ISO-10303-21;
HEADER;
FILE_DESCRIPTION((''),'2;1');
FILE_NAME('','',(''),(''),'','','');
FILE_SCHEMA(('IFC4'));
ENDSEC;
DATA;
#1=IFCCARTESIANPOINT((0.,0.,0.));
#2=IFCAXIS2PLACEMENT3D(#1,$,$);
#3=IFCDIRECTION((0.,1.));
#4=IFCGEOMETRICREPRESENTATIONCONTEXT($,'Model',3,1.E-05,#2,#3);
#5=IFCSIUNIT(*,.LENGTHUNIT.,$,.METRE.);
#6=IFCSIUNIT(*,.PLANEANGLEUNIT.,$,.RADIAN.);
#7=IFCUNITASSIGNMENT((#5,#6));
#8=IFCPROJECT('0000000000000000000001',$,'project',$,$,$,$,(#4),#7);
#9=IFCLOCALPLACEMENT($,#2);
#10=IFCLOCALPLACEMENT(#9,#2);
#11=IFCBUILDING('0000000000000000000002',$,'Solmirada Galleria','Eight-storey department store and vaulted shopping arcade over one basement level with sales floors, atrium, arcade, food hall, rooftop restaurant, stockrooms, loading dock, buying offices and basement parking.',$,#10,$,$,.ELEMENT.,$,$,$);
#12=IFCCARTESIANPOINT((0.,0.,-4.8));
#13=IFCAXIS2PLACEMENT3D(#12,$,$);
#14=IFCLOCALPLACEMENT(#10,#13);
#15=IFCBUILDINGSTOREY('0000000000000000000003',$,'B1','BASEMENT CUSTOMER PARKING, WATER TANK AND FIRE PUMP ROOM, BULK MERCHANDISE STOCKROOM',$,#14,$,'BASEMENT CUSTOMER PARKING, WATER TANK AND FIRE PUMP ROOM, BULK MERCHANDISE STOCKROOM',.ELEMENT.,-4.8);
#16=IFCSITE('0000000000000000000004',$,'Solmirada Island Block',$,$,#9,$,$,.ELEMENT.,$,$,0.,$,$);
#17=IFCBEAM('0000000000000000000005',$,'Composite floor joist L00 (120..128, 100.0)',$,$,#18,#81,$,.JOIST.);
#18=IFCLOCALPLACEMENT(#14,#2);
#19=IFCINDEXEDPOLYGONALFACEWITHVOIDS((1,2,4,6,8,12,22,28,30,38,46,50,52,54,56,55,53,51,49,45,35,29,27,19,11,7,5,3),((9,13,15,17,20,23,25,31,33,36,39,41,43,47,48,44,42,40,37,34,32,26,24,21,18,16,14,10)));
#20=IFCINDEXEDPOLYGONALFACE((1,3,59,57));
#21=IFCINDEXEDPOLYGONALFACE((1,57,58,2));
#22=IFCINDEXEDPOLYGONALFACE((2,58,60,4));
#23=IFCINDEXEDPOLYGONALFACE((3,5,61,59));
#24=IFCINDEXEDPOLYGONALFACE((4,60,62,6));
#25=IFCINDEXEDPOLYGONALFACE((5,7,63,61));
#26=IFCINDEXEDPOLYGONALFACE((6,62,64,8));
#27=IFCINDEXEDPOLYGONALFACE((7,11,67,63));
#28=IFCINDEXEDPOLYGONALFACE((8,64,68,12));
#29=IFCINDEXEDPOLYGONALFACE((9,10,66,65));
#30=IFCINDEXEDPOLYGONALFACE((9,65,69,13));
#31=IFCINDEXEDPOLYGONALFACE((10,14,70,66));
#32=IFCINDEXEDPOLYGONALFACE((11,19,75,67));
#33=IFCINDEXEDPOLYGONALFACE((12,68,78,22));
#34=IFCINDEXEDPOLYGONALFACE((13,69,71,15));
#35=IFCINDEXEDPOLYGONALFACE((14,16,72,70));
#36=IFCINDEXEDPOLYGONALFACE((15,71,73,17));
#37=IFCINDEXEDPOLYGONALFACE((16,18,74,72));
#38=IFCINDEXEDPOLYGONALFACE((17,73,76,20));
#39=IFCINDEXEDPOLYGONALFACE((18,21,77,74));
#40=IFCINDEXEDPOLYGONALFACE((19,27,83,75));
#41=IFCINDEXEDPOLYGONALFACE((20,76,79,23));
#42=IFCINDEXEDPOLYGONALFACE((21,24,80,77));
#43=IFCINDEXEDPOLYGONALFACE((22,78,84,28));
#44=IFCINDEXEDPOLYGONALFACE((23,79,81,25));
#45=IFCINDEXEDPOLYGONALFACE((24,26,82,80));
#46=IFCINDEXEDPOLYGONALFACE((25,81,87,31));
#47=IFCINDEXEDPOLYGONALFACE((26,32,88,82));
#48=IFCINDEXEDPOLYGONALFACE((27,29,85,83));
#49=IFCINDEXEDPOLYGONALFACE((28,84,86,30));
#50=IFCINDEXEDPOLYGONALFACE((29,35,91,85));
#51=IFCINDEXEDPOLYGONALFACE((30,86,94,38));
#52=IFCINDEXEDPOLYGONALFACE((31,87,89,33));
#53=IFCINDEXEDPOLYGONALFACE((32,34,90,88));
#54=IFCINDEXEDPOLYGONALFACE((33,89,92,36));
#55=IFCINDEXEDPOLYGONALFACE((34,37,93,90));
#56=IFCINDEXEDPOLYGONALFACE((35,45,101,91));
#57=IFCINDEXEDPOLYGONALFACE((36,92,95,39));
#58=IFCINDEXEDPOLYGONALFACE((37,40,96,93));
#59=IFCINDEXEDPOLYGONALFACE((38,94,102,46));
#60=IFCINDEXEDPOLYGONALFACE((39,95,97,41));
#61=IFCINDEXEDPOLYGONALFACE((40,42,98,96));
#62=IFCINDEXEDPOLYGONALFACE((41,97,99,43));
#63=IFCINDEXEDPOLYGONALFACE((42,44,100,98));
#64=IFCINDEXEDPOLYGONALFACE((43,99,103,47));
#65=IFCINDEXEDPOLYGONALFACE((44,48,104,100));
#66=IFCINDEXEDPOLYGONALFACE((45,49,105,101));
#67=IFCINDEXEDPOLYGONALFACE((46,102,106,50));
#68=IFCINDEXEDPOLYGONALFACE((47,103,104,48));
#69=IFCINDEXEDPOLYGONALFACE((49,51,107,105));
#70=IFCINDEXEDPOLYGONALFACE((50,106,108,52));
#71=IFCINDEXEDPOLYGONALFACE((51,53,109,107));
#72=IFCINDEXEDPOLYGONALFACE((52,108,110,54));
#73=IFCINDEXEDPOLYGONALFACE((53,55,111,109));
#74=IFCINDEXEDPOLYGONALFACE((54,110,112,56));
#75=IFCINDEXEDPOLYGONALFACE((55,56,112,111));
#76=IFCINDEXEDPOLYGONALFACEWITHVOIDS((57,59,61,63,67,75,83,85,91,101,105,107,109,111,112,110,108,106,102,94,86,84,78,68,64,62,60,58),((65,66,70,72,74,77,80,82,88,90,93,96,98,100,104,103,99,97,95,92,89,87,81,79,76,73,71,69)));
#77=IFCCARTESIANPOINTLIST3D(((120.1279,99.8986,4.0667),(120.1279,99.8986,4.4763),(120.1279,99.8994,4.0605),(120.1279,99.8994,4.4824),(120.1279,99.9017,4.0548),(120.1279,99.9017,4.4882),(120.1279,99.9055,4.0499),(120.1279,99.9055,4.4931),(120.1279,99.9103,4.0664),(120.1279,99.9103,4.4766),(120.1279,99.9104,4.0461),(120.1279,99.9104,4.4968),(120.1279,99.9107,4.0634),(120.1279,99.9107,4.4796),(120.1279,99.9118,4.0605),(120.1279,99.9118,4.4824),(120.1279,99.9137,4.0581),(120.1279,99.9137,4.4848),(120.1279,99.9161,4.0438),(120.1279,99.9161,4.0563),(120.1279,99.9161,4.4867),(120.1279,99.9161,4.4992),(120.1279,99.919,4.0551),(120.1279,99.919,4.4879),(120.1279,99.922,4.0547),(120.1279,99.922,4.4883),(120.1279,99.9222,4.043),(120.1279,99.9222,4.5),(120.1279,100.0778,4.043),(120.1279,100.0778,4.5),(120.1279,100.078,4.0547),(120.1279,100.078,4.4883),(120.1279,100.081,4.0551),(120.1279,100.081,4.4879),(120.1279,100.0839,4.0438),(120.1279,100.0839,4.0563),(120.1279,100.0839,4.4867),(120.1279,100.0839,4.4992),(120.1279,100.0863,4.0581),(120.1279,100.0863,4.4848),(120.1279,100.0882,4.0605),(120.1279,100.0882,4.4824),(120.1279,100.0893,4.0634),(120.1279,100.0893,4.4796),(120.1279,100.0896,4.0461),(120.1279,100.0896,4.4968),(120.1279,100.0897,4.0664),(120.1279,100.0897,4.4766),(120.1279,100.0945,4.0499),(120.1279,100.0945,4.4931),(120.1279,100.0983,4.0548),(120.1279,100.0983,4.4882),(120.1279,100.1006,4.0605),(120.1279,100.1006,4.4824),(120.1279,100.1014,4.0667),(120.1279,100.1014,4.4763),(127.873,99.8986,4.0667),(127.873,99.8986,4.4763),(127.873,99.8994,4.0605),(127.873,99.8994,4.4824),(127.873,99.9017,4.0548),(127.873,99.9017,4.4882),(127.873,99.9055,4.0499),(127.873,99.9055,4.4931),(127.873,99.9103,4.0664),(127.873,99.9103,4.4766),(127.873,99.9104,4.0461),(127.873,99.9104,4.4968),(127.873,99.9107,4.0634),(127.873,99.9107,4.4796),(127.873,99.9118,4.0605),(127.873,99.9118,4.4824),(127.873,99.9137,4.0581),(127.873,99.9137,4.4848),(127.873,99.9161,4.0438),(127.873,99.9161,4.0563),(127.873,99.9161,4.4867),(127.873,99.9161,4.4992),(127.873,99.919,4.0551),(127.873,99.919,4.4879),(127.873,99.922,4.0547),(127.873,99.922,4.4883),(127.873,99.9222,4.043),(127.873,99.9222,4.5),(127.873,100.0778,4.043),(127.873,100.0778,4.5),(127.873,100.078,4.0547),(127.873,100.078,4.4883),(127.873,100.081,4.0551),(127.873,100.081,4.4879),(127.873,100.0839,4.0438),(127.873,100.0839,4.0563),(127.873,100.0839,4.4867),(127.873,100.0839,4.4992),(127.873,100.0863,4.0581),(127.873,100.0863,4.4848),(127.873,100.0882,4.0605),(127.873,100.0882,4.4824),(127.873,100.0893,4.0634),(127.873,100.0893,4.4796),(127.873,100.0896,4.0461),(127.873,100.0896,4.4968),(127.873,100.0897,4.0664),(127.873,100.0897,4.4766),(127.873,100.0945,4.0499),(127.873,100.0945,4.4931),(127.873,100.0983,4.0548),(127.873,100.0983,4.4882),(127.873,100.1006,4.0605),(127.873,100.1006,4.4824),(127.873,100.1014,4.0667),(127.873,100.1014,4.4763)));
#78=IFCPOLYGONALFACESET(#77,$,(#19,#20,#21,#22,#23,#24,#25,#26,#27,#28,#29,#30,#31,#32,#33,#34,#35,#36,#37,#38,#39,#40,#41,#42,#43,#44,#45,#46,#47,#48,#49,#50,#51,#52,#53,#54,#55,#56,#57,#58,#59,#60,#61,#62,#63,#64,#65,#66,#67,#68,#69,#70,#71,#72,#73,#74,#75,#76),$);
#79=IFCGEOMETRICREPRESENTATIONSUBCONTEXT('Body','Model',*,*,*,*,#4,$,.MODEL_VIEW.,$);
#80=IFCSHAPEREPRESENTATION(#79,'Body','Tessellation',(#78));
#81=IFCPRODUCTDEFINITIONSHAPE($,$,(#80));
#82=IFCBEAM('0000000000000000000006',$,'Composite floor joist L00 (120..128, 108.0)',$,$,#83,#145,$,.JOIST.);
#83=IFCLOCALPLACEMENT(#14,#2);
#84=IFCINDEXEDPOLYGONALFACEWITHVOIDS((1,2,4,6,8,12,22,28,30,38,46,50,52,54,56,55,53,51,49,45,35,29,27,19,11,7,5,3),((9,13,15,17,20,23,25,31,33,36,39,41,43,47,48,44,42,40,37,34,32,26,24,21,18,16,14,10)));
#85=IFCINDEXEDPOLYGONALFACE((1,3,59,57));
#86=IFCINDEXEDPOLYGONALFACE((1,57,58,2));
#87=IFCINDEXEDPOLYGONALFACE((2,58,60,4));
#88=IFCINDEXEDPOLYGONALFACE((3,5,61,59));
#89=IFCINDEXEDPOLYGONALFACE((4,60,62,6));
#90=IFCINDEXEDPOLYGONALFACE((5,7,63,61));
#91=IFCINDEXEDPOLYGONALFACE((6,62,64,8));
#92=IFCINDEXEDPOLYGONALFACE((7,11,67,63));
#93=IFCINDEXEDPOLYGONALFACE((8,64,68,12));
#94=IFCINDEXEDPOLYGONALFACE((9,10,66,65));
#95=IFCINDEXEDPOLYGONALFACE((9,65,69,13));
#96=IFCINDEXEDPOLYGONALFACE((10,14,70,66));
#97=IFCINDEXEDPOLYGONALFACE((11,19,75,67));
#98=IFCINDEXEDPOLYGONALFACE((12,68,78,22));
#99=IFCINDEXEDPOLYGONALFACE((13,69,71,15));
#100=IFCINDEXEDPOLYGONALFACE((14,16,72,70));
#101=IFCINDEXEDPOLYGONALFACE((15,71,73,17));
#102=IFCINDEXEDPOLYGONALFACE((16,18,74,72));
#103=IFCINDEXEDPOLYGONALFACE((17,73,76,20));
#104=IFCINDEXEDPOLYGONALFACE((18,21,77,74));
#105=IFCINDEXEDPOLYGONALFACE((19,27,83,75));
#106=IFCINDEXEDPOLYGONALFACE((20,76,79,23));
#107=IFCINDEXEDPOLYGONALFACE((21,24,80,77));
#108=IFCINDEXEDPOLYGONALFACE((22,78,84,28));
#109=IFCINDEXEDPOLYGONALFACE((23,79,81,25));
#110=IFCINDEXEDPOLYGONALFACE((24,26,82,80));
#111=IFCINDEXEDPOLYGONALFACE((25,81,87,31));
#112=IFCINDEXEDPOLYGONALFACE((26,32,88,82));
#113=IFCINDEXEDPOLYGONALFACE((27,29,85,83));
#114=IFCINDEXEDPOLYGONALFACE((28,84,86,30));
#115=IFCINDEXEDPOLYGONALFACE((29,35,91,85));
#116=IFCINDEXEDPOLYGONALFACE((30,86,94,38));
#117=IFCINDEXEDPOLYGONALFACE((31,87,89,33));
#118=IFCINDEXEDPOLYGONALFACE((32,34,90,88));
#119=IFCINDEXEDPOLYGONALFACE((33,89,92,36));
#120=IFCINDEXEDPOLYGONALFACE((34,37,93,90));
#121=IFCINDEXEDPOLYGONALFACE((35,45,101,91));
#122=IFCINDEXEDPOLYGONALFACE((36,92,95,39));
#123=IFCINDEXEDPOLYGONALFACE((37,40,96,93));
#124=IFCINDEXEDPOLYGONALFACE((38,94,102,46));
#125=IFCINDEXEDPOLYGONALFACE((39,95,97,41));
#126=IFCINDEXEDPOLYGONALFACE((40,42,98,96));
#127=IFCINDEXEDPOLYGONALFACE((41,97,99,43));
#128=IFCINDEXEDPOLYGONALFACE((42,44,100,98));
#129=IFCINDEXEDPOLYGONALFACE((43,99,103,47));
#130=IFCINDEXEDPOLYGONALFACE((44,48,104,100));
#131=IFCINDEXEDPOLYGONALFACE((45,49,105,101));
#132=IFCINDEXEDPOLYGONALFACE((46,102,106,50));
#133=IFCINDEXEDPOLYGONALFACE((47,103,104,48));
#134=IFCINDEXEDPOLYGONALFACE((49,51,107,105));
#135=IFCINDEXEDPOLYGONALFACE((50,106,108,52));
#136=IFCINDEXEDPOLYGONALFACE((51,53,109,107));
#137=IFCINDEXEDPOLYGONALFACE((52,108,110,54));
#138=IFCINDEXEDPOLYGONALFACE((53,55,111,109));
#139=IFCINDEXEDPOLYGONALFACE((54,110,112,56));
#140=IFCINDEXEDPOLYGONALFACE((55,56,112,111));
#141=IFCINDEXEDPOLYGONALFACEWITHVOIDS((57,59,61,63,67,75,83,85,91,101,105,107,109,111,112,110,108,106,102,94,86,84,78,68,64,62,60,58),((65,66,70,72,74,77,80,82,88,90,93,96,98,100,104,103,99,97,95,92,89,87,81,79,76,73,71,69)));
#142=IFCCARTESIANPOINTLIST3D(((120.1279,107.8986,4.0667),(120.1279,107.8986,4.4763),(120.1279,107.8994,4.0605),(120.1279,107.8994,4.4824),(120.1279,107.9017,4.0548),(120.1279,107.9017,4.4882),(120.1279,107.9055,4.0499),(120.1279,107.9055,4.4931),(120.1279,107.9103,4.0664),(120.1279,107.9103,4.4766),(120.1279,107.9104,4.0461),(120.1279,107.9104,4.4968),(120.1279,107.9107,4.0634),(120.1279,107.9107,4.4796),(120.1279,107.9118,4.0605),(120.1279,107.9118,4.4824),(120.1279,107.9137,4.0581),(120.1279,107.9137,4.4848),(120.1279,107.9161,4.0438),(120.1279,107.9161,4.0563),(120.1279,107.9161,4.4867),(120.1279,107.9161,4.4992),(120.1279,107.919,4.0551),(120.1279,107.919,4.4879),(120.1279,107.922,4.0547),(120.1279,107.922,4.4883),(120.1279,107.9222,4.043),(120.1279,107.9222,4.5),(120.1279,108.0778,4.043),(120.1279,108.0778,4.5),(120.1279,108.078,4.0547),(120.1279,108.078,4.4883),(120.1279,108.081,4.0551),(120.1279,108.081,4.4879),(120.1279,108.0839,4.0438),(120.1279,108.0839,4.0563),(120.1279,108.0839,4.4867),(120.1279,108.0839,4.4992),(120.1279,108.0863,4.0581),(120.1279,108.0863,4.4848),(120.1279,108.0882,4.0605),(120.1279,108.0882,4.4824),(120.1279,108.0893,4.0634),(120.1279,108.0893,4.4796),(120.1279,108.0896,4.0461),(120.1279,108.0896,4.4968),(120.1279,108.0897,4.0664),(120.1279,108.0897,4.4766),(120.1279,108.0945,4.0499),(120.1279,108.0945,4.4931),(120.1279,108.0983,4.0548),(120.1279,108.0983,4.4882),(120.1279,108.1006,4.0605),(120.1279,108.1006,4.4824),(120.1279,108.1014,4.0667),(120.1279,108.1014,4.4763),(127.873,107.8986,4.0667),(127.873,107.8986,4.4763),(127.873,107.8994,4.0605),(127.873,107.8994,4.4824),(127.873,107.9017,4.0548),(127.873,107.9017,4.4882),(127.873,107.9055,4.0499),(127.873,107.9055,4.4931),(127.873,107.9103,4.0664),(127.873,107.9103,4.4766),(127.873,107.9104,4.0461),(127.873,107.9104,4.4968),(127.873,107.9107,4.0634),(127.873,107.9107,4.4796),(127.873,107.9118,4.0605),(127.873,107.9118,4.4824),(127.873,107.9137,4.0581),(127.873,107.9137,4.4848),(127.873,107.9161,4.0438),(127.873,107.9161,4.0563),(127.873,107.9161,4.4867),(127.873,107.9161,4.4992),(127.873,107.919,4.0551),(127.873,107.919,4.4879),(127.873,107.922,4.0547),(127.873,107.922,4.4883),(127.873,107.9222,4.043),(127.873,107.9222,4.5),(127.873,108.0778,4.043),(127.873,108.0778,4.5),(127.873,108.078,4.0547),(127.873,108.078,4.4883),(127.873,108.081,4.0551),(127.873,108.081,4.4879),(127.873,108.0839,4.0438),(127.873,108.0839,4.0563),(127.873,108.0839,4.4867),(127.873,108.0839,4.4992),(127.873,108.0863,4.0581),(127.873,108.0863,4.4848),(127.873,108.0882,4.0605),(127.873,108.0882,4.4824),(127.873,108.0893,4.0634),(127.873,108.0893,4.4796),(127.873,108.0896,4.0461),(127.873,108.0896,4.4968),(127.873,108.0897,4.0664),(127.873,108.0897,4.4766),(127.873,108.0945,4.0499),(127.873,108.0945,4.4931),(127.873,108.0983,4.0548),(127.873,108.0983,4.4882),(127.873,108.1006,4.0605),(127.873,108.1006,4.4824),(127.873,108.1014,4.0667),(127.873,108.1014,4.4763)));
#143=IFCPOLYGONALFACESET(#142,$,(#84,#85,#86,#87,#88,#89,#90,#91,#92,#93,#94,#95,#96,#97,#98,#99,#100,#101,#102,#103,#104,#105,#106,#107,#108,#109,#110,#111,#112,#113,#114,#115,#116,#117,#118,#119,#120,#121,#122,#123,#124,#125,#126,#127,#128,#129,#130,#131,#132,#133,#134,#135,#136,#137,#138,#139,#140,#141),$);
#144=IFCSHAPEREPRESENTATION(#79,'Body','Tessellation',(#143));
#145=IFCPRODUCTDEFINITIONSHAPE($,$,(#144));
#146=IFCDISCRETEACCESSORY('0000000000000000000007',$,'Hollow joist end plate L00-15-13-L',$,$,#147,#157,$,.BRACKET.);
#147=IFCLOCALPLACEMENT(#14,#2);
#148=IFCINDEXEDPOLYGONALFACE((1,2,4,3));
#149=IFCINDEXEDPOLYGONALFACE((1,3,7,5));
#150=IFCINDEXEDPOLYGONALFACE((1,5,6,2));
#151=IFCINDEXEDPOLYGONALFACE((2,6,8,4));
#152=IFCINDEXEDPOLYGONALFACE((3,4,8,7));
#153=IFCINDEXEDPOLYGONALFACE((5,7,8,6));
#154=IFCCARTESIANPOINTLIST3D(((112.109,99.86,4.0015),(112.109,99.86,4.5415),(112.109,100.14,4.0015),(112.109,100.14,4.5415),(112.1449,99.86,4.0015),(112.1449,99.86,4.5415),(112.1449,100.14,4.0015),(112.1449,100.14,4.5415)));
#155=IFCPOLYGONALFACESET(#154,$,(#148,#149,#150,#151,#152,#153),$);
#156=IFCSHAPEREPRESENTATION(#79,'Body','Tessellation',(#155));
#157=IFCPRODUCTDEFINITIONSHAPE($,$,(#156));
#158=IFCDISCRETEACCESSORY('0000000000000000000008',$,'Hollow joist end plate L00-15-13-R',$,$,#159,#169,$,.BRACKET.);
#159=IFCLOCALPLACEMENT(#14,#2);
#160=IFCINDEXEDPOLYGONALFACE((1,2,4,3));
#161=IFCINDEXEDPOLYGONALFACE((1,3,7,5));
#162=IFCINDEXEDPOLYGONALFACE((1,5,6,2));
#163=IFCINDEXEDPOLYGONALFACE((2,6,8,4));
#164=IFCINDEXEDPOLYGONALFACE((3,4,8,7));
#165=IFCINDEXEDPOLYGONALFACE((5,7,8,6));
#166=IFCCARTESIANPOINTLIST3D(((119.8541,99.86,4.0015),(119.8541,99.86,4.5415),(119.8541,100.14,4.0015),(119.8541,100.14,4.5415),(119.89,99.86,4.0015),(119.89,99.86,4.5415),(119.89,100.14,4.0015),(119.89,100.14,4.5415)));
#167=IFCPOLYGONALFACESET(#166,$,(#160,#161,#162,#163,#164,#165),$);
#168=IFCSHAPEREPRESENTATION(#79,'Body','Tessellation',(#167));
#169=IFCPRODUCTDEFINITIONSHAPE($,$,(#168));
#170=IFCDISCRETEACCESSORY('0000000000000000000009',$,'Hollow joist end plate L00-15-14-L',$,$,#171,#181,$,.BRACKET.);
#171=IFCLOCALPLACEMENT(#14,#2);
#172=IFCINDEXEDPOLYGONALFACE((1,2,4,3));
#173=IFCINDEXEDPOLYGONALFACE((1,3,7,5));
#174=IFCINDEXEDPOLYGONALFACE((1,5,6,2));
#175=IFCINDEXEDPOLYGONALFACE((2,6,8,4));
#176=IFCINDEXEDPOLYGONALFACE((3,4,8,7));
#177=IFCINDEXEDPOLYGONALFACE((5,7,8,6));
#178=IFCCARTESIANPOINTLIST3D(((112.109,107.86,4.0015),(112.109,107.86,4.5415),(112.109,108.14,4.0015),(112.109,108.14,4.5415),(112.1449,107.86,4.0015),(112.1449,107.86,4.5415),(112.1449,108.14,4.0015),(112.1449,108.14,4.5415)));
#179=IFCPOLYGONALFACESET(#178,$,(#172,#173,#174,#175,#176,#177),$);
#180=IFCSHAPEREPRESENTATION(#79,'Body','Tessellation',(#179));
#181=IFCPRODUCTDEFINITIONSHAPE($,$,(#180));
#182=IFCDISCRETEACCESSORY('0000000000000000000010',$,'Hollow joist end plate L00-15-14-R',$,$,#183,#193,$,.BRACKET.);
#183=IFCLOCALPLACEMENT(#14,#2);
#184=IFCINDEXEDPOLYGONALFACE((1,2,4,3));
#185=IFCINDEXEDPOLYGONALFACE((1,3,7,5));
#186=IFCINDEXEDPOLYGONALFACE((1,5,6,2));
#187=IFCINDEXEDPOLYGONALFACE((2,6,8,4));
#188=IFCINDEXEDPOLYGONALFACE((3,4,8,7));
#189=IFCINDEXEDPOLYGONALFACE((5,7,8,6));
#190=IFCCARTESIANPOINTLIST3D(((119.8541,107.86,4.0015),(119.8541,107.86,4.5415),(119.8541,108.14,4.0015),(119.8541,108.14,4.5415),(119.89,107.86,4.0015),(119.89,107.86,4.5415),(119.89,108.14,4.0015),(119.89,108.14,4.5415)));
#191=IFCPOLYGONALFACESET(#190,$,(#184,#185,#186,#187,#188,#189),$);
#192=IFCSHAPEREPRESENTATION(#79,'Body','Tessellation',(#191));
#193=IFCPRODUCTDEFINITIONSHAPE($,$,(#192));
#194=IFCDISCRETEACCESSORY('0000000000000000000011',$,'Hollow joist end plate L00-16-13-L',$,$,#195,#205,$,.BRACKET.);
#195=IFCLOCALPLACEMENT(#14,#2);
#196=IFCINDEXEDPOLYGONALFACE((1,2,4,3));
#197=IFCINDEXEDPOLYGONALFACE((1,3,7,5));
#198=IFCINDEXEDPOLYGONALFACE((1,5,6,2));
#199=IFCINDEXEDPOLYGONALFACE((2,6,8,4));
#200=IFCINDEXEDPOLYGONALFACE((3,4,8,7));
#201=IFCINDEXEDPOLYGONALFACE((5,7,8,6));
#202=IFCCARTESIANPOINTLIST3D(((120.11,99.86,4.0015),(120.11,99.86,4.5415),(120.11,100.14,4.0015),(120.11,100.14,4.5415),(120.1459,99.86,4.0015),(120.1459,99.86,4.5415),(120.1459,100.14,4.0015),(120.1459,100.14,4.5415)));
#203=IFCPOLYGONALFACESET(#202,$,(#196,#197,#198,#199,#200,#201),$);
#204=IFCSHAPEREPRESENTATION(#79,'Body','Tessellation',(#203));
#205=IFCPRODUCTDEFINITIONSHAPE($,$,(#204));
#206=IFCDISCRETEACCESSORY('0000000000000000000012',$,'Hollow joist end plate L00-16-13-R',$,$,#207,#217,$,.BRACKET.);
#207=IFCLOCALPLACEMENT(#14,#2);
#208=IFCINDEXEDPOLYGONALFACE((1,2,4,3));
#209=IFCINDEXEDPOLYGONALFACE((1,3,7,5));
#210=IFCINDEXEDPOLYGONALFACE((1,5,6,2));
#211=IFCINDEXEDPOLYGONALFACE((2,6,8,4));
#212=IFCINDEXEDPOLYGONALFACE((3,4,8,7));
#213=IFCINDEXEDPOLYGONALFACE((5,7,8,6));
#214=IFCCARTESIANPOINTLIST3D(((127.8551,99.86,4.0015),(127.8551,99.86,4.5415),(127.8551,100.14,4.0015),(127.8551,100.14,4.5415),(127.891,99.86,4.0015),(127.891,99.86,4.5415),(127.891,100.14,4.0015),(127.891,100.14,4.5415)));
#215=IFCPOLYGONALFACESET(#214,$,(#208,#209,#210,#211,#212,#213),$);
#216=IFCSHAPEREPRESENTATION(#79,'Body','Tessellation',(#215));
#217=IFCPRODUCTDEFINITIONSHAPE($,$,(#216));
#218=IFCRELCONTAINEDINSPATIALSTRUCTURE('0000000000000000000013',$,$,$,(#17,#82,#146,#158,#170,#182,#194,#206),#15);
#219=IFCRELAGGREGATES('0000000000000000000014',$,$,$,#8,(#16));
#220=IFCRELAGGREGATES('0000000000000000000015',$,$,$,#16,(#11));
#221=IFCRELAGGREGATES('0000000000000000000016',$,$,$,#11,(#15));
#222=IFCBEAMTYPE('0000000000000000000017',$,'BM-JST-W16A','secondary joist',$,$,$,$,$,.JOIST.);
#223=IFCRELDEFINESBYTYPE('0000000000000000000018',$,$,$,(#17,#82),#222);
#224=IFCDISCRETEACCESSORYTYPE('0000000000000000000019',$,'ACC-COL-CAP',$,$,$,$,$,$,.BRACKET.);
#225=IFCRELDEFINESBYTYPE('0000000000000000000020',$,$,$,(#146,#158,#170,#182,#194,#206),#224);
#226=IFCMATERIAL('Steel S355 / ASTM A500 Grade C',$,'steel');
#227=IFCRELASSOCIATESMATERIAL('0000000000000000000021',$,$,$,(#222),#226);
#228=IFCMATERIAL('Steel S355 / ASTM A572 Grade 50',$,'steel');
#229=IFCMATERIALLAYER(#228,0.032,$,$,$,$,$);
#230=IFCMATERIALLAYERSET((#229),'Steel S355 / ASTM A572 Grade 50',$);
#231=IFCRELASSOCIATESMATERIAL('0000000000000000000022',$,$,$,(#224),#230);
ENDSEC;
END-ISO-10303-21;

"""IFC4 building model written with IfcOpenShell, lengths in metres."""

from ifc_helpers import new_model, si_unit, direction, frame, origin, origin_2d, place, context, subcontext, project, spatial, rectangle, hollow_rectangle, extrude, material, layer, layer_set, material_profile, profile_set, type_object, element, save


model = new_model("IFC4")

# Units and contexts
model_context = context("Model", 3, precision=1e-05, world=origin(), true_north=direction((0.0, 1.0)))
body_context = subcontext(model_context, "Body", "Model", "MODEL_VIEW")
ifc_project = project(units=[si_unit("LENGTHUNIT", "METRE"), si_unit("PLANEANGLEUNIT", "RADIAN")], contexts=[model_context])

# Site, building, storey
site_placement = place(None, origin())
site = spatial("IfcSite", under=ifc_project, at=site_placement, Name="Solmirada Island Block", CompositionType="ELEMENT", RefElevation=0.0)
building_placement = place(site_placement, origin())
building = spatial("IfcBuilding", under=site, at=building_placement, Name="Solmirada Galleria", Description="Eight-storey department store and vaulted shopping arcade over one basement level with sales floors, atrium, arcade, food hall, rooftop restaurant, stockrooms, loading dock, buying offices and basement parking.", CompositionType="ELEMENT")
storey_placement = place(building_placement, frame((0.0, 0.0, -4.8)))
storey = spatial("IfcBuildingStorey", under=building, at=storey_placement, Name="B1", Description="BASEMENT CUSTOMER PARKING, WATER TANK AND FIRE PUMP ROOM, BULK MERCHANDISE STOCKROOM", LongName="BASEMENT CUSTOMER PARKING, WATER TANK AND FIRE PUMP ROOM, BULK MERCHANDISE STOCKROOM", CompositionType="ELEMENT", Elevation=-4.8)

# Shared definitions
ifc_material_1 = material(Name="Steel S355 / ASTM A500 Grade C", Category="steel")

# Beams
ifc_material_profile_1 = material_profile(ifc_material_1, hollow_rectangle(XDim=0.2029, YDim=0.457, WallThickness=0.0117, InnerFilletRadius=0.0117, OuterFilletRadius=0.0237, at=origin_2d()), Name="HSS18X8X1/2")
ifc_profile_set_1 = profile_set([ifc_material_profile_1], Name="Steel S355 / ASTM A500 Grade C")
beam_type_1 = type_object("IfcBeamType", Name="BM-JST-W16A", Description="secondary joist", PredefinedType="JOIST", material=ifc_profile_set_1)
for number, where, z_axis, x_axis, name in (
    (1, (120.1279, 100.0, 4.2715), (1.0, 0.0, 0.0), (0.0, 1.0, 0.0), "Composite floor joist L00 (120..128, 100.0)"),
    (2, (120.1279, 108.0, 4.2715), (1.0, 0.0, 0.0), (0.0, 1.0, 0.0), "Composite floor joist L00 (120..128, 108.0)"),
):
    element("IfcBeam", number, at=place(storey_placement, frame(where, z_axis=z_axis, x_axis=x_axis)), inside=storey, type_object=beam_type_1, Name=name, PredefinedType="JOIST", context=body_context, shape_type="SweptSolid", body=[
        extrude(hollow_rectangle(XDim=0.2029, YDim=0.457, WallThickness=0.0117, InnerFilletRadius=0.0117, OuterFilletRadius=0.0237, at=origin_2d()), origin(), (0.0, 0.0, 1.0), 7.7451),
    ])

# Discrete accessories
ifc_material_2 = material(Name="Steel S355 / ASTM A572 Grade 50", Category="steel")
ifc_layer = layer(ifc_material_2, 0.032)
ifc_layer_set = layer_set([ifc_layer], Name="Steel S355 / ASTM A572 Grade 50")
discrete_accessory_type = type_object("IfcDiscreteAccessoryType", Name="ACC-COL-CAP", PredefinedType="BRACKET", material=ifc_layer_set)
for number, where, z_axis, x_axis, name in (
    (3, (112.127, 100.0, 4.0015), (0.0, 0.0, 1.0), (1.0, 0.0, 0.0), "Hollow joist end plate L00-15-13-L"),
    (4, (119.8721, 100.0, 4.0015), (0.0, 0.0, 1.0), (1.0, 0.0, 0.0), "Hollow joist end plate L00-15-13-R"),
    (5, (112.127, 108.0, 4.0015), (0.0, 0.0, 1.0), (1.0, 0.0, 0.0), "Hollow joist end plate L00-15-14-L"),
    (6, (119.8721, 108.0, 4.0015), (0.0, 0.0, 1.0), (1.0, 0.0, 0.0), "Hollow joist end plate L00-15-14-R"),
    (7, (120.1279, 100.0, 4.0015), (0.0, 0.0, 1.0), (1.0, 0.0, 0.0), "Hollow joist end plate L00-16-13-L"),
    (8, (127.873, 100.0, 4.0015), (0.0, 0.0, 1.0), (1.0, 0.0, 0.0), "Hollow joist end plate L00-16-13-R"),
):
    element("IfcDiscreteAccessory", number, at=place(storey_placement, frame(where, z_axis=z_axis, x_axis=x_axis)), inside=storey, type_object=discrete_accessory_type, Name=name, PredefinedType="BRACKET", context=body_context, shape_type="SweptSolid", body=[
        extrude(rectangle(XDim=0.0359, YDim=0.28, at=origin_2d()), origin(), (0.0, 0.0, 1.0), 0.54),
    ])

save(model, "model.ifc")
